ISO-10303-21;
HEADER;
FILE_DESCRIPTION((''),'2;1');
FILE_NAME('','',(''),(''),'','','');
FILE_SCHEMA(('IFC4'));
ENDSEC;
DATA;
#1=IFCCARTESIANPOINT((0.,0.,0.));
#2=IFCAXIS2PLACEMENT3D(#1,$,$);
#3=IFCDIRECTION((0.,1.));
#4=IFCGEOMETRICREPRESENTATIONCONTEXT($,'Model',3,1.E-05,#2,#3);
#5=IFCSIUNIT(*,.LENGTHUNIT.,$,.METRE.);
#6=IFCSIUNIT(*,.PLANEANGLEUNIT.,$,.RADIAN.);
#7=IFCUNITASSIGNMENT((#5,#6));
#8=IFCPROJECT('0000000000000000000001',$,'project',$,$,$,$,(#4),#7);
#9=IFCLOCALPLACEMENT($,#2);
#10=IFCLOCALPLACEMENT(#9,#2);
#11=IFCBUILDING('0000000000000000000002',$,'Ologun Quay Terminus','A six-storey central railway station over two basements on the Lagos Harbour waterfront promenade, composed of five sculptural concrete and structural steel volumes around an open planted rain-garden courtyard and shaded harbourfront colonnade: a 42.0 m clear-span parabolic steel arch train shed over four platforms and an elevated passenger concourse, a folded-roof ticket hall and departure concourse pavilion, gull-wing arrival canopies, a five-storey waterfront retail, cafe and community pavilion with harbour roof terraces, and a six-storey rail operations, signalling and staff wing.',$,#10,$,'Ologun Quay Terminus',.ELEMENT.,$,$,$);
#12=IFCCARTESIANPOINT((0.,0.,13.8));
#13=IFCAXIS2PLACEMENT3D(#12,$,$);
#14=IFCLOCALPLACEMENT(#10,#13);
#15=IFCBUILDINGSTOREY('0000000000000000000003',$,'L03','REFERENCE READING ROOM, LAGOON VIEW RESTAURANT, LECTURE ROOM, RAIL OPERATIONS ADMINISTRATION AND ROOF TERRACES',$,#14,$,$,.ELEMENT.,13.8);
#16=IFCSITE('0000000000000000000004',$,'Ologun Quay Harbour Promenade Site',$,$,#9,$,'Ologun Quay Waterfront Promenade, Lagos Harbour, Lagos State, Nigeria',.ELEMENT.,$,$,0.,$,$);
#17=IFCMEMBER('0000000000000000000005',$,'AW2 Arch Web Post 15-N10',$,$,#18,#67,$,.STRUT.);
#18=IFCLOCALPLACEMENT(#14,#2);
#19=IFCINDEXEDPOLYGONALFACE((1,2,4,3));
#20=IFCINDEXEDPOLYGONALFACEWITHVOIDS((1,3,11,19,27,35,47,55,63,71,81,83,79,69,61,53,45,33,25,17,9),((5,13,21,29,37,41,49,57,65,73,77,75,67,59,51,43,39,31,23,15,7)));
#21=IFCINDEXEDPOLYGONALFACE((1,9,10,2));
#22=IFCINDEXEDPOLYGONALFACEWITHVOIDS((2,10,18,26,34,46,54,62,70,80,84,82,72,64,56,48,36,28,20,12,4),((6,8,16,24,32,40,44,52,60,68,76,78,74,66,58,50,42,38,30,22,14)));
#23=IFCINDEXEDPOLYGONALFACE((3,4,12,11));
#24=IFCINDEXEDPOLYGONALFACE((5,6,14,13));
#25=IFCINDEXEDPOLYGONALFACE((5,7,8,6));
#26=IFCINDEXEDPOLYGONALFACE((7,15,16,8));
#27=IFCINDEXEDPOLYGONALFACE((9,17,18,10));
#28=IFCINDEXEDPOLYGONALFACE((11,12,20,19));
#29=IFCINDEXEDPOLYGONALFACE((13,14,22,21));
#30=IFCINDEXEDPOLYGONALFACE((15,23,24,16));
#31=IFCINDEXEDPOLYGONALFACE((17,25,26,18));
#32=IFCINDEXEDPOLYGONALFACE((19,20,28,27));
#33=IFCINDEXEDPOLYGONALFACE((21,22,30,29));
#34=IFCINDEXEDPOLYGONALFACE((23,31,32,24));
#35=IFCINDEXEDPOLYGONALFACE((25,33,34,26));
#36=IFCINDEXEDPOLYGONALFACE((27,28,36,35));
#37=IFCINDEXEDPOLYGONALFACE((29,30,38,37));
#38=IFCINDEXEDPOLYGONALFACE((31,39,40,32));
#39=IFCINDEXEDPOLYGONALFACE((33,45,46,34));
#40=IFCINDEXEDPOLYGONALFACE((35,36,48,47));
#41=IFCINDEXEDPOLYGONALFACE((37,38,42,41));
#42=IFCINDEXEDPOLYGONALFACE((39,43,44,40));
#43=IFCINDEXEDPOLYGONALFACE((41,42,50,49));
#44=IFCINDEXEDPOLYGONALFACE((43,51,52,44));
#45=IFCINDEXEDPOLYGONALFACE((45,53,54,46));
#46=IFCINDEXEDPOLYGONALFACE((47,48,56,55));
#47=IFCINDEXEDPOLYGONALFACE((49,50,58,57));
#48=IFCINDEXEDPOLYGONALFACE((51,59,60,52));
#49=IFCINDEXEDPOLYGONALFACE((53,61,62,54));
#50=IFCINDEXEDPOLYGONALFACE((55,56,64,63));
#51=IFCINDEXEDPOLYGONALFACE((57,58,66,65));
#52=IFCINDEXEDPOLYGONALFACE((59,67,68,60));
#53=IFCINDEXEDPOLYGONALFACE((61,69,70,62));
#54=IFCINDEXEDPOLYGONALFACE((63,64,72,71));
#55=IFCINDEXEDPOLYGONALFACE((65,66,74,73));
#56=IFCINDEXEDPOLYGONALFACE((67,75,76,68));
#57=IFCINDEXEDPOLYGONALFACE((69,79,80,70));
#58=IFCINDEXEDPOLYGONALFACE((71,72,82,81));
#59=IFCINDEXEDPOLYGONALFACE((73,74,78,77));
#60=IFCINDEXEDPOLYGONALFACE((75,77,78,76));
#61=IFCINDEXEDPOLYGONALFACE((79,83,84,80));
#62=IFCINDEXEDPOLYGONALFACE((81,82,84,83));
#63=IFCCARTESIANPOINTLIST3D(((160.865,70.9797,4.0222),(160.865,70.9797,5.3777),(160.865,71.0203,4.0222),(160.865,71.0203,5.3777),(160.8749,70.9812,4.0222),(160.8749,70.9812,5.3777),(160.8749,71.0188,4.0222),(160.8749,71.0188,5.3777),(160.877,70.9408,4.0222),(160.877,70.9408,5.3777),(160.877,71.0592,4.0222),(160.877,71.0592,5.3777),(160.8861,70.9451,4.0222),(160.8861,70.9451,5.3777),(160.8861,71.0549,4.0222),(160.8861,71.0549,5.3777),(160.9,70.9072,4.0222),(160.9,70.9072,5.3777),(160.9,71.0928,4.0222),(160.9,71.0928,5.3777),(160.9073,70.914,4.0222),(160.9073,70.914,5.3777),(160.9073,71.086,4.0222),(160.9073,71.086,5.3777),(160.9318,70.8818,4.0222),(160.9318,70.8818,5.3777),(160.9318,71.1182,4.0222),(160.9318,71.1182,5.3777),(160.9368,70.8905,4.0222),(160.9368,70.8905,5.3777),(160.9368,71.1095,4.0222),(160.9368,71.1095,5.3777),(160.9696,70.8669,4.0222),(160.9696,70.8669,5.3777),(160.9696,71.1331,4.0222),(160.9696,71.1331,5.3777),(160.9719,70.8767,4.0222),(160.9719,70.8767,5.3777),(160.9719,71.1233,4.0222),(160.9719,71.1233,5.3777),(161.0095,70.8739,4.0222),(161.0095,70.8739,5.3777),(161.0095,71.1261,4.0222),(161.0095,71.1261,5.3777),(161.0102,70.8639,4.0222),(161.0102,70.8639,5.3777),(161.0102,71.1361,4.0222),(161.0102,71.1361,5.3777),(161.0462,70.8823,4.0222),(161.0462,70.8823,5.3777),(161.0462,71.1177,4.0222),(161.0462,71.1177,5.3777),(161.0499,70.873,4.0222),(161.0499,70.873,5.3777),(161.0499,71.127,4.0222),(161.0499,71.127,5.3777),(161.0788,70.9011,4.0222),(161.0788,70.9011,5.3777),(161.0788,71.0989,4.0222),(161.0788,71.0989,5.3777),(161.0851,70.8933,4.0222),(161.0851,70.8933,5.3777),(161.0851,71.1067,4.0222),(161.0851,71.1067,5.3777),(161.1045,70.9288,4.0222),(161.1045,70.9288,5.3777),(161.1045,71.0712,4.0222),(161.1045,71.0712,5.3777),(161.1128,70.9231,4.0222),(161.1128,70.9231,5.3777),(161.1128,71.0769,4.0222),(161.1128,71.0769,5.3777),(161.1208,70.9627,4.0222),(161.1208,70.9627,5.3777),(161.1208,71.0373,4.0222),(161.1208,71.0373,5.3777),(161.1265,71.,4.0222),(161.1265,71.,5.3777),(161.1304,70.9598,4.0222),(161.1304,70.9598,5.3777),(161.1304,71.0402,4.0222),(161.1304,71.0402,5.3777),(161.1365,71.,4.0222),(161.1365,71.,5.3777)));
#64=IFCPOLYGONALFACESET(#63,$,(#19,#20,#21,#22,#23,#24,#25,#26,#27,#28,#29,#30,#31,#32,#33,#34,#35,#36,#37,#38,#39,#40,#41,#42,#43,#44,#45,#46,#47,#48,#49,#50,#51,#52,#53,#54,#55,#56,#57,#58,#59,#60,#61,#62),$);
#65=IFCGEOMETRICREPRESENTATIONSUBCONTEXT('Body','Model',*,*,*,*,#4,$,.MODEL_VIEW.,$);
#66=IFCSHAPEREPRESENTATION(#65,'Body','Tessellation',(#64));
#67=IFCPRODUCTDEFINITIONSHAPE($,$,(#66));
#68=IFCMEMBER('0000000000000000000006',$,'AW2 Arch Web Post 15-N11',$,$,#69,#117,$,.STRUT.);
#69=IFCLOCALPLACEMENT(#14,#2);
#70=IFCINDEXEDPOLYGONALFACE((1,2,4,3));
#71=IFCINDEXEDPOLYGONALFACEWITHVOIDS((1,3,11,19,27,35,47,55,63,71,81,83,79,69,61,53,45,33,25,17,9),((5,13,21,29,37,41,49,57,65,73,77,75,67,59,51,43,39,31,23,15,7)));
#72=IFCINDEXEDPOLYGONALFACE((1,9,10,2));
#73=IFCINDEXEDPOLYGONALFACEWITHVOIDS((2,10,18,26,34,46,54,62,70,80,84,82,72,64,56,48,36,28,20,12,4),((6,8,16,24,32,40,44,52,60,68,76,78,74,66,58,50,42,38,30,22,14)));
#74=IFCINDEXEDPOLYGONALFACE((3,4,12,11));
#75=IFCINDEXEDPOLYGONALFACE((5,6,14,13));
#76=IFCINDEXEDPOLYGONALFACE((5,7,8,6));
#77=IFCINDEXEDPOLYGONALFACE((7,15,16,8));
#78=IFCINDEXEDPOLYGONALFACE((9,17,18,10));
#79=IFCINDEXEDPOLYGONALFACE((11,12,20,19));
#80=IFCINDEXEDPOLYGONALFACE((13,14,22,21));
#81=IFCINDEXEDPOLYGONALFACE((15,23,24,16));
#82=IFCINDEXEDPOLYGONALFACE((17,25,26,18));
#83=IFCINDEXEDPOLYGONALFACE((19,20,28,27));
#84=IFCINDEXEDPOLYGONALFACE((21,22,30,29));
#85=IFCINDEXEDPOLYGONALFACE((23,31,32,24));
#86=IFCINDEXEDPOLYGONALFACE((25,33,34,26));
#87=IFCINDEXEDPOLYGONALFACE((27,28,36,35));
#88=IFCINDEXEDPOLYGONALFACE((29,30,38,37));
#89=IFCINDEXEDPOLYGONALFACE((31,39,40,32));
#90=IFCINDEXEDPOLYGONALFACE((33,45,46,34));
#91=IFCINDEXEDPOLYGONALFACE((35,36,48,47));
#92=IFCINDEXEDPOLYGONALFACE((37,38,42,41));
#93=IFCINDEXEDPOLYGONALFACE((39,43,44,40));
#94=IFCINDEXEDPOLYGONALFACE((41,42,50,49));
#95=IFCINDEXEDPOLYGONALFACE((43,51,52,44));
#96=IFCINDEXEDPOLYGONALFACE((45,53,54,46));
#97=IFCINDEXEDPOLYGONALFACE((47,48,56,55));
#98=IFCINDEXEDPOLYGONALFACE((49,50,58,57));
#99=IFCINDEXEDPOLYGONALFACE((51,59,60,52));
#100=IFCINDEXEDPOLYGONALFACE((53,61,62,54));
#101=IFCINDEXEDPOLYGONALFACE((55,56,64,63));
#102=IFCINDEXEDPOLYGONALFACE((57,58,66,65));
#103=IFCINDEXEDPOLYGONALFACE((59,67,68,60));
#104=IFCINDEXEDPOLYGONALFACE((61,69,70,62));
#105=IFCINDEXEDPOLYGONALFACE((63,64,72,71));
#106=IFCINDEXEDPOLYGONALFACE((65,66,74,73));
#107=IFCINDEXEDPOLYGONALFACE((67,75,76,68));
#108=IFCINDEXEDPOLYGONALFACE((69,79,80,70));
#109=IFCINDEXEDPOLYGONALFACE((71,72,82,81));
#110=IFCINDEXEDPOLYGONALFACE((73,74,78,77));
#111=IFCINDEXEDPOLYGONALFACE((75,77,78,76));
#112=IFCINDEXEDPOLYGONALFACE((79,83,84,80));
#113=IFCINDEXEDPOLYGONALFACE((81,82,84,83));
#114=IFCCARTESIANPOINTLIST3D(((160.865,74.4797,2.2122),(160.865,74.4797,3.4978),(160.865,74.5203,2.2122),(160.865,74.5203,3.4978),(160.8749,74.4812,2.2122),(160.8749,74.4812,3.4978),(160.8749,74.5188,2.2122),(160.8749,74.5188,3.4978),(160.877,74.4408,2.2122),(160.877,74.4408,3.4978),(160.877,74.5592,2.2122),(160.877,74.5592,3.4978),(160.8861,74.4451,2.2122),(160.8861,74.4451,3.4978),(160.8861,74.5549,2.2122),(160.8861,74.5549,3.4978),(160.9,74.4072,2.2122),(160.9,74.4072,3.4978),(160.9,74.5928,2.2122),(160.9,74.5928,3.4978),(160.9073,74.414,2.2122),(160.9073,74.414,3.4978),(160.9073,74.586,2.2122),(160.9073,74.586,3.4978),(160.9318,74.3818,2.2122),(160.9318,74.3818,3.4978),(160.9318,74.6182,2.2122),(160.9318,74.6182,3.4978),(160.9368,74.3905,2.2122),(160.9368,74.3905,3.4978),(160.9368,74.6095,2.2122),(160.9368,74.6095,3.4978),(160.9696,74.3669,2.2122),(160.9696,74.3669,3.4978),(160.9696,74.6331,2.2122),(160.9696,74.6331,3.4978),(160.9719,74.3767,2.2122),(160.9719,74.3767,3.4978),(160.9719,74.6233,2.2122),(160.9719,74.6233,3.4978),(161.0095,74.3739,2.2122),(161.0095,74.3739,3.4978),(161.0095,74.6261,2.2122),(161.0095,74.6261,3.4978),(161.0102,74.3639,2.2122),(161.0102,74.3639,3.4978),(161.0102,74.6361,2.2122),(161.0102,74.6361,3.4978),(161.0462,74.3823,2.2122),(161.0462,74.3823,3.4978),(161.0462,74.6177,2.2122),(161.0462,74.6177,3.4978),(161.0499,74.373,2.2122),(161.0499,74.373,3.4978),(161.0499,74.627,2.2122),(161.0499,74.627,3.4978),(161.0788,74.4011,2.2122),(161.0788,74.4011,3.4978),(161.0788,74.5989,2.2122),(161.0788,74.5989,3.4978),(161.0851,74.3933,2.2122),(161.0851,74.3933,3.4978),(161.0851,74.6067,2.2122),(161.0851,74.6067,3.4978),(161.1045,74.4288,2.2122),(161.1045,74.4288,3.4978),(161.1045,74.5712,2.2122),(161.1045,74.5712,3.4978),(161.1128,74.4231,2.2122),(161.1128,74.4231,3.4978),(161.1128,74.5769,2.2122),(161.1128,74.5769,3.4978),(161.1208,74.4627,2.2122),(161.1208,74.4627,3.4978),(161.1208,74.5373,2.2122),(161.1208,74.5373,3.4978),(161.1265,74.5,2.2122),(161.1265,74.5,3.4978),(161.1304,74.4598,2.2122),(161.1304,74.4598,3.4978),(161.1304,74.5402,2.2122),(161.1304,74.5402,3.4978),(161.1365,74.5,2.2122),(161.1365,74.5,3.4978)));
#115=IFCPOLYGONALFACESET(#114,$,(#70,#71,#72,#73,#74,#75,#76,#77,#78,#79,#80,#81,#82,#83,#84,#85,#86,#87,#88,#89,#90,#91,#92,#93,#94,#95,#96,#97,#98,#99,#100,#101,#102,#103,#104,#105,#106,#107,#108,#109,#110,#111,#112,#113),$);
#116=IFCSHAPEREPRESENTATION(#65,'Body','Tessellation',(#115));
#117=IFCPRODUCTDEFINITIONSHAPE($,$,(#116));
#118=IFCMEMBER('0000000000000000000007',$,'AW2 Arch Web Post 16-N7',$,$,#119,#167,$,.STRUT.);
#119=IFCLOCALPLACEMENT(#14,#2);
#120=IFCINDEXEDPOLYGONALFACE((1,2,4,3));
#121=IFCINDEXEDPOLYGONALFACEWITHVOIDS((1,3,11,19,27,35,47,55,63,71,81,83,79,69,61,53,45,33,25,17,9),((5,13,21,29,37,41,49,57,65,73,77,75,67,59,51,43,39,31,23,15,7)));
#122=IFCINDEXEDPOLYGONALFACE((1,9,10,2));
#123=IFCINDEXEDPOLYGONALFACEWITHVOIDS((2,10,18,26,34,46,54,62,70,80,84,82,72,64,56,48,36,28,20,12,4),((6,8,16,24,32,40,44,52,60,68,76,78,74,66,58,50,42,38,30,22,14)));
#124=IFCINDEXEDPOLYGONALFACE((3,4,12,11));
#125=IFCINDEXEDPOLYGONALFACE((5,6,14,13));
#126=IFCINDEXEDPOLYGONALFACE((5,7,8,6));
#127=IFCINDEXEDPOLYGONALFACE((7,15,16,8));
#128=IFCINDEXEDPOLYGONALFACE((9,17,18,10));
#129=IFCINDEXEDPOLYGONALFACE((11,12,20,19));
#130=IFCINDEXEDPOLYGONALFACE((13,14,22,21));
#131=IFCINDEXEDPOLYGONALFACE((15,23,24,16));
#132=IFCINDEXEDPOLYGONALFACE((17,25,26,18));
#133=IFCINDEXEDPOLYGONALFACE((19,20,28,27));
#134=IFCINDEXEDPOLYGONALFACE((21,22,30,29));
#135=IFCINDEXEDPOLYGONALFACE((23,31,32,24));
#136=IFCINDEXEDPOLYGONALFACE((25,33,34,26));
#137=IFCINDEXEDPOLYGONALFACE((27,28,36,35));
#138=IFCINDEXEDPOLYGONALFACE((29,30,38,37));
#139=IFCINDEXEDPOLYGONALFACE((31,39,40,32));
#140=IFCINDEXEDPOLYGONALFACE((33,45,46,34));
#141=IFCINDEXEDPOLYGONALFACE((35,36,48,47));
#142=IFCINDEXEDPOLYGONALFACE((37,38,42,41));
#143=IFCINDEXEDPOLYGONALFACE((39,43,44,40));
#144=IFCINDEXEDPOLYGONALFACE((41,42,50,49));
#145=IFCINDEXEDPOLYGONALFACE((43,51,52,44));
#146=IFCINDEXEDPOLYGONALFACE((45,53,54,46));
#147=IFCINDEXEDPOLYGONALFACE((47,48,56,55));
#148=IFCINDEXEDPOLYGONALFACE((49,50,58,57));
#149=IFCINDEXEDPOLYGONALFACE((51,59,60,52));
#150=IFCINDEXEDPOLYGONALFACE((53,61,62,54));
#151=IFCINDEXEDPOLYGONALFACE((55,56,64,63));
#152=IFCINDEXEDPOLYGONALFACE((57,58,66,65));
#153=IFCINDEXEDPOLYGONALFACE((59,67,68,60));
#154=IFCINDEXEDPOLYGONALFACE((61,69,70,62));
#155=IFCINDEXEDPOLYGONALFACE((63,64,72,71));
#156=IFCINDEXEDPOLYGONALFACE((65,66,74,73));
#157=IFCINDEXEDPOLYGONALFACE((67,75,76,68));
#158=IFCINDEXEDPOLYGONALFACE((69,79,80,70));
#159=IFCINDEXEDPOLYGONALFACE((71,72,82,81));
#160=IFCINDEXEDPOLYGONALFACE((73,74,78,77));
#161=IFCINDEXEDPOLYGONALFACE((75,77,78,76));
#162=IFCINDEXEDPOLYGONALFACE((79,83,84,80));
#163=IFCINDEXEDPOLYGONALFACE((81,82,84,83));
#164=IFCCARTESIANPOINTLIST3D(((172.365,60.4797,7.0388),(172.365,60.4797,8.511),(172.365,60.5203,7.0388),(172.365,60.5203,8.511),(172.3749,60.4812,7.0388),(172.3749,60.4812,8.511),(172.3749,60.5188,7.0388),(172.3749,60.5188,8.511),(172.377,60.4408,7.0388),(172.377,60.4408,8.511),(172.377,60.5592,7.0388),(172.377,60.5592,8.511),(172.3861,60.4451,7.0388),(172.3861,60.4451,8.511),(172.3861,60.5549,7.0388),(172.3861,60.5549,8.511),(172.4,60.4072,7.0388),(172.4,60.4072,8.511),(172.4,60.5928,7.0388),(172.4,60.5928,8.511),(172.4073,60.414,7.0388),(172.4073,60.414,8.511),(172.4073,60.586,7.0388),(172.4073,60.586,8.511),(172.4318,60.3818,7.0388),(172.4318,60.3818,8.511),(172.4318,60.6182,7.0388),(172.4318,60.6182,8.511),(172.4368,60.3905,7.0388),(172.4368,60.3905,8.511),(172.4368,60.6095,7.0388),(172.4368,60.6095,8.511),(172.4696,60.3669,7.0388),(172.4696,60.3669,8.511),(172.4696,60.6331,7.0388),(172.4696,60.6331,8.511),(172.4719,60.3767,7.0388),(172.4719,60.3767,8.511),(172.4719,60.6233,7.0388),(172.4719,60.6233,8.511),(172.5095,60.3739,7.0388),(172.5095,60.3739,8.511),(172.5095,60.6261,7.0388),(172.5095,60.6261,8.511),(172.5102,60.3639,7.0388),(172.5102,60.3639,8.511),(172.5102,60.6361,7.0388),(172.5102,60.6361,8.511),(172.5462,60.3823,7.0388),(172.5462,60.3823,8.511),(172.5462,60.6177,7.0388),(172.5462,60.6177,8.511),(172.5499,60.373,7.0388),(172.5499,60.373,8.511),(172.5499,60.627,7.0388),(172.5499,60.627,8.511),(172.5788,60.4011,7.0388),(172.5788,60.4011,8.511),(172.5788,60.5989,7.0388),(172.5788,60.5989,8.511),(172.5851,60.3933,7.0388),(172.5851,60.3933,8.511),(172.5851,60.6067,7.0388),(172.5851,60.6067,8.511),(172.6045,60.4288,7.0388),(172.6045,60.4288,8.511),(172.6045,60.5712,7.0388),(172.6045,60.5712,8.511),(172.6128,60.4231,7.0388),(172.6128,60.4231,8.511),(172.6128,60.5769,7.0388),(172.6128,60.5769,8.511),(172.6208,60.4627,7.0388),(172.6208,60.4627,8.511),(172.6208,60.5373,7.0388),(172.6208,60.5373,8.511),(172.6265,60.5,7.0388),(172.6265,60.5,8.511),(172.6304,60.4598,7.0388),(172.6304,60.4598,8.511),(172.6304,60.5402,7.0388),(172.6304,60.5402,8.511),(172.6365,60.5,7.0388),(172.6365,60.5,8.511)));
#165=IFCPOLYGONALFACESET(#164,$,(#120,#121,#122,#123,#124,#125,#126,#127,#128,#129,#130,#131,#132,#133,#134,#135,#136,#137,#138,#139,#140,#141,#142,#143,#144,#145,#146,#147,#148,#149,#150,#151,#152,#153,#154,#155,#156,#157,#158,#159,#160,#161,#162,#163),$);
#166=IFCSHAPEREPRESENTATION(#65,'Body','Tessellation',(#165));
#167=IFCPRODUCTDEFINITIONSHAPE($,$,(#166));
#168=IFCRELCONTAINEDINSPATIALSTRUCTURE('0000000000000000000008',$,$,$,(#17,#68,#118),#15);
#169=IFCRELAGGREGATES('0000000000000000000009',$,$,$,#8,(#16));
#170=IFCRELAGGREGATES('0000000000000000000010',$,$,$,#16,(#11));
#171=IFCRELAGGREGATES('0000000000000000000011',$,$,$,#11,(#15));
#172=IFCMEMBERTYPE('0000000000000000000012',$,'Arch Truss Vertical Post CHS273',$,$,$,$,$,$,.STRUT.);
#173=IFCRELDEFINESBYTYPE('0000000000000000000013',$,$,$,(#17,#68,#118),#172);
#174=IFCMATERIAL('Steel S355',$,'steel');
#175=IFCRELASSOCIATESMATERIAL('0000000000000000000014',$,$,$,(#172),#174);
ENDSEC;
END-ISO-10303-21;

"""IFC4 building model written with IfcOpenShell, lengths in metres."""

from ifc_helpers import new_model, si_unit, direction, frame, origin, origin_2d, place, context, subcontext, project, spatial, hollow_circle, extrude, material, material_profile, profile_set, type_object, element, save


model = new_model("IFC4")

# Units and contexts
model_context = context("Model", 3, precision=1e-05, world=origin(), true_north=direction((0.0, 1.0)))
body_context = subcontext(model_context, "Body", "Model", "MODEL_VIEW")
ifc_project = project(units=[si_unit("LENGTHUNIT", "METRE"), si_unit("PLANEANGLEUNIT", "RADIAN")], contexts=[model_context])

# Site, building, storey
site_placement = place(None, origin())
site = spatial("IfcSite", under=ifc_project, at=site_placement, Name="Ologun Quay Harbour Promenade Site", LongName="Ologun Quay Waterfront Promenade, Lagos Harbour, Lagos State, Nigeria", CompositionType="ELEMENT", RefElevation=0.0)
building_placement = place(site_placement, origin())
building = spatial("IfcBuilding", under=site, at=building_placement, Name="Ologun Quay Terminus", Description="A six-storey central railway station over two basements on the Lagos Harbour waterfront promenade, composed of five sculptural concrete and structural steel volumes around an open planted rain-garden courtyard and shaded harbourfront colonnade: a 42.0 m clear-span parabolic steel arch train shed over four platforms and an elevated passenger concourse, a folded-roof ticket hall and departure concourse pavilion, gull-wing arrival canopies, a five-storey waterfront retail, cafe and community pavilion with harbour roof terraces, and a six-storey rail operations, signalling and staff wing.", LongName="Ologun Quay Terminus", CompositionType="ELEMENT")
storey_placement = place(building_placement, frame((0.0, 0.0, 13.8)))
storey = spatial("IfcBuildingStorey", under=building, at=storey_placement, Name="L03", Description="REFERENCE READING ROOM, LAGOON VIEW RESTAURANT, LECTURE ROOM, RAIL OPERATIONS ADMINISTRATION AND ROOF TERRACES", CompositionType="ELEMENT", Elevation=13.8)

# Members
ifc_material_1 = material(Name="Steel S355", Category="steel")
ifc_material_profile_1 = material_profile(ifc_material_1, hollow_circle(Radius=0.1365, WallThickness=0.01, at=origin_2d()), Name="CHS 273x10")
ifc_profile_set_1 = profile_set([ifc_material_profile_1], Name="Steel S355")
member_type_1 = type_object("IfcMemberType", Name="Arch Truss Vertical Post CHS273", PredefinedType="STRUT", material=ifc_profile_set_1)
member_1_placement = place(storey_placement, frame((161.0, 71.0, 4.0222), z_axis=(0.0, 0.0, 1.0), x_axis=(1.0, 0.0, 0.0)))
element("IfcMember", 1, at=member_1_placement, inside=storey, type_object=member_type_1, Name="AW2 Arch Web Post 15-N10", PredefinedType="STRUT", context=body_context, shape_type="SweptSolid", body=[
    extrude(hollow_circle(Radius=0.1365, WallThickness=0.01, at=origin_2d()), origin(), (0.0, 0.0, 1.0), 1.3555),
])
member_2_placement = place(storey_placement, frame((161.0, 74.5, 2.2122), z_axis=(0.0, 0.0, 1.0), x_axis=(1.0, 0.0, 0.0)))
element("IfcMember", 2, at=member_2_placement, inside=storey, type_object=member_type_1, Name="AW2 Arch Web Post 15-N11", PredefinedType="STRUT", context=body_context, shape_type="SweptSolid", body=[
    extrude(hollow_circle(Radius=0.1365, WallThickness=0.01, at=origin_2d()), origin(), (0.0, 0.0, 1.0), 1.2856),
])
member_3_placement = place(storey_placement, frame((172.5, 60.5, 7.0388), z_axis=(0.0, 0.0, 1.0), x_axis=(1.0, 0.0, 0.0)))
element("IfcMember", 3, at=member_3_placement, inside=storey, type_object=member_type_1, Name="AW2 Arch Web Post 16-N7", PredefinedType="STRUT", context=body_context, shape_type="SweptSolid", body=[
    extrude(hollow_circle(Radius=0.1365, WallThickness=0.01, at=origin_2d()), origin(), (0.0, 0.0, 1.0), 1.4722),
])

save(model, "model.ifc")
